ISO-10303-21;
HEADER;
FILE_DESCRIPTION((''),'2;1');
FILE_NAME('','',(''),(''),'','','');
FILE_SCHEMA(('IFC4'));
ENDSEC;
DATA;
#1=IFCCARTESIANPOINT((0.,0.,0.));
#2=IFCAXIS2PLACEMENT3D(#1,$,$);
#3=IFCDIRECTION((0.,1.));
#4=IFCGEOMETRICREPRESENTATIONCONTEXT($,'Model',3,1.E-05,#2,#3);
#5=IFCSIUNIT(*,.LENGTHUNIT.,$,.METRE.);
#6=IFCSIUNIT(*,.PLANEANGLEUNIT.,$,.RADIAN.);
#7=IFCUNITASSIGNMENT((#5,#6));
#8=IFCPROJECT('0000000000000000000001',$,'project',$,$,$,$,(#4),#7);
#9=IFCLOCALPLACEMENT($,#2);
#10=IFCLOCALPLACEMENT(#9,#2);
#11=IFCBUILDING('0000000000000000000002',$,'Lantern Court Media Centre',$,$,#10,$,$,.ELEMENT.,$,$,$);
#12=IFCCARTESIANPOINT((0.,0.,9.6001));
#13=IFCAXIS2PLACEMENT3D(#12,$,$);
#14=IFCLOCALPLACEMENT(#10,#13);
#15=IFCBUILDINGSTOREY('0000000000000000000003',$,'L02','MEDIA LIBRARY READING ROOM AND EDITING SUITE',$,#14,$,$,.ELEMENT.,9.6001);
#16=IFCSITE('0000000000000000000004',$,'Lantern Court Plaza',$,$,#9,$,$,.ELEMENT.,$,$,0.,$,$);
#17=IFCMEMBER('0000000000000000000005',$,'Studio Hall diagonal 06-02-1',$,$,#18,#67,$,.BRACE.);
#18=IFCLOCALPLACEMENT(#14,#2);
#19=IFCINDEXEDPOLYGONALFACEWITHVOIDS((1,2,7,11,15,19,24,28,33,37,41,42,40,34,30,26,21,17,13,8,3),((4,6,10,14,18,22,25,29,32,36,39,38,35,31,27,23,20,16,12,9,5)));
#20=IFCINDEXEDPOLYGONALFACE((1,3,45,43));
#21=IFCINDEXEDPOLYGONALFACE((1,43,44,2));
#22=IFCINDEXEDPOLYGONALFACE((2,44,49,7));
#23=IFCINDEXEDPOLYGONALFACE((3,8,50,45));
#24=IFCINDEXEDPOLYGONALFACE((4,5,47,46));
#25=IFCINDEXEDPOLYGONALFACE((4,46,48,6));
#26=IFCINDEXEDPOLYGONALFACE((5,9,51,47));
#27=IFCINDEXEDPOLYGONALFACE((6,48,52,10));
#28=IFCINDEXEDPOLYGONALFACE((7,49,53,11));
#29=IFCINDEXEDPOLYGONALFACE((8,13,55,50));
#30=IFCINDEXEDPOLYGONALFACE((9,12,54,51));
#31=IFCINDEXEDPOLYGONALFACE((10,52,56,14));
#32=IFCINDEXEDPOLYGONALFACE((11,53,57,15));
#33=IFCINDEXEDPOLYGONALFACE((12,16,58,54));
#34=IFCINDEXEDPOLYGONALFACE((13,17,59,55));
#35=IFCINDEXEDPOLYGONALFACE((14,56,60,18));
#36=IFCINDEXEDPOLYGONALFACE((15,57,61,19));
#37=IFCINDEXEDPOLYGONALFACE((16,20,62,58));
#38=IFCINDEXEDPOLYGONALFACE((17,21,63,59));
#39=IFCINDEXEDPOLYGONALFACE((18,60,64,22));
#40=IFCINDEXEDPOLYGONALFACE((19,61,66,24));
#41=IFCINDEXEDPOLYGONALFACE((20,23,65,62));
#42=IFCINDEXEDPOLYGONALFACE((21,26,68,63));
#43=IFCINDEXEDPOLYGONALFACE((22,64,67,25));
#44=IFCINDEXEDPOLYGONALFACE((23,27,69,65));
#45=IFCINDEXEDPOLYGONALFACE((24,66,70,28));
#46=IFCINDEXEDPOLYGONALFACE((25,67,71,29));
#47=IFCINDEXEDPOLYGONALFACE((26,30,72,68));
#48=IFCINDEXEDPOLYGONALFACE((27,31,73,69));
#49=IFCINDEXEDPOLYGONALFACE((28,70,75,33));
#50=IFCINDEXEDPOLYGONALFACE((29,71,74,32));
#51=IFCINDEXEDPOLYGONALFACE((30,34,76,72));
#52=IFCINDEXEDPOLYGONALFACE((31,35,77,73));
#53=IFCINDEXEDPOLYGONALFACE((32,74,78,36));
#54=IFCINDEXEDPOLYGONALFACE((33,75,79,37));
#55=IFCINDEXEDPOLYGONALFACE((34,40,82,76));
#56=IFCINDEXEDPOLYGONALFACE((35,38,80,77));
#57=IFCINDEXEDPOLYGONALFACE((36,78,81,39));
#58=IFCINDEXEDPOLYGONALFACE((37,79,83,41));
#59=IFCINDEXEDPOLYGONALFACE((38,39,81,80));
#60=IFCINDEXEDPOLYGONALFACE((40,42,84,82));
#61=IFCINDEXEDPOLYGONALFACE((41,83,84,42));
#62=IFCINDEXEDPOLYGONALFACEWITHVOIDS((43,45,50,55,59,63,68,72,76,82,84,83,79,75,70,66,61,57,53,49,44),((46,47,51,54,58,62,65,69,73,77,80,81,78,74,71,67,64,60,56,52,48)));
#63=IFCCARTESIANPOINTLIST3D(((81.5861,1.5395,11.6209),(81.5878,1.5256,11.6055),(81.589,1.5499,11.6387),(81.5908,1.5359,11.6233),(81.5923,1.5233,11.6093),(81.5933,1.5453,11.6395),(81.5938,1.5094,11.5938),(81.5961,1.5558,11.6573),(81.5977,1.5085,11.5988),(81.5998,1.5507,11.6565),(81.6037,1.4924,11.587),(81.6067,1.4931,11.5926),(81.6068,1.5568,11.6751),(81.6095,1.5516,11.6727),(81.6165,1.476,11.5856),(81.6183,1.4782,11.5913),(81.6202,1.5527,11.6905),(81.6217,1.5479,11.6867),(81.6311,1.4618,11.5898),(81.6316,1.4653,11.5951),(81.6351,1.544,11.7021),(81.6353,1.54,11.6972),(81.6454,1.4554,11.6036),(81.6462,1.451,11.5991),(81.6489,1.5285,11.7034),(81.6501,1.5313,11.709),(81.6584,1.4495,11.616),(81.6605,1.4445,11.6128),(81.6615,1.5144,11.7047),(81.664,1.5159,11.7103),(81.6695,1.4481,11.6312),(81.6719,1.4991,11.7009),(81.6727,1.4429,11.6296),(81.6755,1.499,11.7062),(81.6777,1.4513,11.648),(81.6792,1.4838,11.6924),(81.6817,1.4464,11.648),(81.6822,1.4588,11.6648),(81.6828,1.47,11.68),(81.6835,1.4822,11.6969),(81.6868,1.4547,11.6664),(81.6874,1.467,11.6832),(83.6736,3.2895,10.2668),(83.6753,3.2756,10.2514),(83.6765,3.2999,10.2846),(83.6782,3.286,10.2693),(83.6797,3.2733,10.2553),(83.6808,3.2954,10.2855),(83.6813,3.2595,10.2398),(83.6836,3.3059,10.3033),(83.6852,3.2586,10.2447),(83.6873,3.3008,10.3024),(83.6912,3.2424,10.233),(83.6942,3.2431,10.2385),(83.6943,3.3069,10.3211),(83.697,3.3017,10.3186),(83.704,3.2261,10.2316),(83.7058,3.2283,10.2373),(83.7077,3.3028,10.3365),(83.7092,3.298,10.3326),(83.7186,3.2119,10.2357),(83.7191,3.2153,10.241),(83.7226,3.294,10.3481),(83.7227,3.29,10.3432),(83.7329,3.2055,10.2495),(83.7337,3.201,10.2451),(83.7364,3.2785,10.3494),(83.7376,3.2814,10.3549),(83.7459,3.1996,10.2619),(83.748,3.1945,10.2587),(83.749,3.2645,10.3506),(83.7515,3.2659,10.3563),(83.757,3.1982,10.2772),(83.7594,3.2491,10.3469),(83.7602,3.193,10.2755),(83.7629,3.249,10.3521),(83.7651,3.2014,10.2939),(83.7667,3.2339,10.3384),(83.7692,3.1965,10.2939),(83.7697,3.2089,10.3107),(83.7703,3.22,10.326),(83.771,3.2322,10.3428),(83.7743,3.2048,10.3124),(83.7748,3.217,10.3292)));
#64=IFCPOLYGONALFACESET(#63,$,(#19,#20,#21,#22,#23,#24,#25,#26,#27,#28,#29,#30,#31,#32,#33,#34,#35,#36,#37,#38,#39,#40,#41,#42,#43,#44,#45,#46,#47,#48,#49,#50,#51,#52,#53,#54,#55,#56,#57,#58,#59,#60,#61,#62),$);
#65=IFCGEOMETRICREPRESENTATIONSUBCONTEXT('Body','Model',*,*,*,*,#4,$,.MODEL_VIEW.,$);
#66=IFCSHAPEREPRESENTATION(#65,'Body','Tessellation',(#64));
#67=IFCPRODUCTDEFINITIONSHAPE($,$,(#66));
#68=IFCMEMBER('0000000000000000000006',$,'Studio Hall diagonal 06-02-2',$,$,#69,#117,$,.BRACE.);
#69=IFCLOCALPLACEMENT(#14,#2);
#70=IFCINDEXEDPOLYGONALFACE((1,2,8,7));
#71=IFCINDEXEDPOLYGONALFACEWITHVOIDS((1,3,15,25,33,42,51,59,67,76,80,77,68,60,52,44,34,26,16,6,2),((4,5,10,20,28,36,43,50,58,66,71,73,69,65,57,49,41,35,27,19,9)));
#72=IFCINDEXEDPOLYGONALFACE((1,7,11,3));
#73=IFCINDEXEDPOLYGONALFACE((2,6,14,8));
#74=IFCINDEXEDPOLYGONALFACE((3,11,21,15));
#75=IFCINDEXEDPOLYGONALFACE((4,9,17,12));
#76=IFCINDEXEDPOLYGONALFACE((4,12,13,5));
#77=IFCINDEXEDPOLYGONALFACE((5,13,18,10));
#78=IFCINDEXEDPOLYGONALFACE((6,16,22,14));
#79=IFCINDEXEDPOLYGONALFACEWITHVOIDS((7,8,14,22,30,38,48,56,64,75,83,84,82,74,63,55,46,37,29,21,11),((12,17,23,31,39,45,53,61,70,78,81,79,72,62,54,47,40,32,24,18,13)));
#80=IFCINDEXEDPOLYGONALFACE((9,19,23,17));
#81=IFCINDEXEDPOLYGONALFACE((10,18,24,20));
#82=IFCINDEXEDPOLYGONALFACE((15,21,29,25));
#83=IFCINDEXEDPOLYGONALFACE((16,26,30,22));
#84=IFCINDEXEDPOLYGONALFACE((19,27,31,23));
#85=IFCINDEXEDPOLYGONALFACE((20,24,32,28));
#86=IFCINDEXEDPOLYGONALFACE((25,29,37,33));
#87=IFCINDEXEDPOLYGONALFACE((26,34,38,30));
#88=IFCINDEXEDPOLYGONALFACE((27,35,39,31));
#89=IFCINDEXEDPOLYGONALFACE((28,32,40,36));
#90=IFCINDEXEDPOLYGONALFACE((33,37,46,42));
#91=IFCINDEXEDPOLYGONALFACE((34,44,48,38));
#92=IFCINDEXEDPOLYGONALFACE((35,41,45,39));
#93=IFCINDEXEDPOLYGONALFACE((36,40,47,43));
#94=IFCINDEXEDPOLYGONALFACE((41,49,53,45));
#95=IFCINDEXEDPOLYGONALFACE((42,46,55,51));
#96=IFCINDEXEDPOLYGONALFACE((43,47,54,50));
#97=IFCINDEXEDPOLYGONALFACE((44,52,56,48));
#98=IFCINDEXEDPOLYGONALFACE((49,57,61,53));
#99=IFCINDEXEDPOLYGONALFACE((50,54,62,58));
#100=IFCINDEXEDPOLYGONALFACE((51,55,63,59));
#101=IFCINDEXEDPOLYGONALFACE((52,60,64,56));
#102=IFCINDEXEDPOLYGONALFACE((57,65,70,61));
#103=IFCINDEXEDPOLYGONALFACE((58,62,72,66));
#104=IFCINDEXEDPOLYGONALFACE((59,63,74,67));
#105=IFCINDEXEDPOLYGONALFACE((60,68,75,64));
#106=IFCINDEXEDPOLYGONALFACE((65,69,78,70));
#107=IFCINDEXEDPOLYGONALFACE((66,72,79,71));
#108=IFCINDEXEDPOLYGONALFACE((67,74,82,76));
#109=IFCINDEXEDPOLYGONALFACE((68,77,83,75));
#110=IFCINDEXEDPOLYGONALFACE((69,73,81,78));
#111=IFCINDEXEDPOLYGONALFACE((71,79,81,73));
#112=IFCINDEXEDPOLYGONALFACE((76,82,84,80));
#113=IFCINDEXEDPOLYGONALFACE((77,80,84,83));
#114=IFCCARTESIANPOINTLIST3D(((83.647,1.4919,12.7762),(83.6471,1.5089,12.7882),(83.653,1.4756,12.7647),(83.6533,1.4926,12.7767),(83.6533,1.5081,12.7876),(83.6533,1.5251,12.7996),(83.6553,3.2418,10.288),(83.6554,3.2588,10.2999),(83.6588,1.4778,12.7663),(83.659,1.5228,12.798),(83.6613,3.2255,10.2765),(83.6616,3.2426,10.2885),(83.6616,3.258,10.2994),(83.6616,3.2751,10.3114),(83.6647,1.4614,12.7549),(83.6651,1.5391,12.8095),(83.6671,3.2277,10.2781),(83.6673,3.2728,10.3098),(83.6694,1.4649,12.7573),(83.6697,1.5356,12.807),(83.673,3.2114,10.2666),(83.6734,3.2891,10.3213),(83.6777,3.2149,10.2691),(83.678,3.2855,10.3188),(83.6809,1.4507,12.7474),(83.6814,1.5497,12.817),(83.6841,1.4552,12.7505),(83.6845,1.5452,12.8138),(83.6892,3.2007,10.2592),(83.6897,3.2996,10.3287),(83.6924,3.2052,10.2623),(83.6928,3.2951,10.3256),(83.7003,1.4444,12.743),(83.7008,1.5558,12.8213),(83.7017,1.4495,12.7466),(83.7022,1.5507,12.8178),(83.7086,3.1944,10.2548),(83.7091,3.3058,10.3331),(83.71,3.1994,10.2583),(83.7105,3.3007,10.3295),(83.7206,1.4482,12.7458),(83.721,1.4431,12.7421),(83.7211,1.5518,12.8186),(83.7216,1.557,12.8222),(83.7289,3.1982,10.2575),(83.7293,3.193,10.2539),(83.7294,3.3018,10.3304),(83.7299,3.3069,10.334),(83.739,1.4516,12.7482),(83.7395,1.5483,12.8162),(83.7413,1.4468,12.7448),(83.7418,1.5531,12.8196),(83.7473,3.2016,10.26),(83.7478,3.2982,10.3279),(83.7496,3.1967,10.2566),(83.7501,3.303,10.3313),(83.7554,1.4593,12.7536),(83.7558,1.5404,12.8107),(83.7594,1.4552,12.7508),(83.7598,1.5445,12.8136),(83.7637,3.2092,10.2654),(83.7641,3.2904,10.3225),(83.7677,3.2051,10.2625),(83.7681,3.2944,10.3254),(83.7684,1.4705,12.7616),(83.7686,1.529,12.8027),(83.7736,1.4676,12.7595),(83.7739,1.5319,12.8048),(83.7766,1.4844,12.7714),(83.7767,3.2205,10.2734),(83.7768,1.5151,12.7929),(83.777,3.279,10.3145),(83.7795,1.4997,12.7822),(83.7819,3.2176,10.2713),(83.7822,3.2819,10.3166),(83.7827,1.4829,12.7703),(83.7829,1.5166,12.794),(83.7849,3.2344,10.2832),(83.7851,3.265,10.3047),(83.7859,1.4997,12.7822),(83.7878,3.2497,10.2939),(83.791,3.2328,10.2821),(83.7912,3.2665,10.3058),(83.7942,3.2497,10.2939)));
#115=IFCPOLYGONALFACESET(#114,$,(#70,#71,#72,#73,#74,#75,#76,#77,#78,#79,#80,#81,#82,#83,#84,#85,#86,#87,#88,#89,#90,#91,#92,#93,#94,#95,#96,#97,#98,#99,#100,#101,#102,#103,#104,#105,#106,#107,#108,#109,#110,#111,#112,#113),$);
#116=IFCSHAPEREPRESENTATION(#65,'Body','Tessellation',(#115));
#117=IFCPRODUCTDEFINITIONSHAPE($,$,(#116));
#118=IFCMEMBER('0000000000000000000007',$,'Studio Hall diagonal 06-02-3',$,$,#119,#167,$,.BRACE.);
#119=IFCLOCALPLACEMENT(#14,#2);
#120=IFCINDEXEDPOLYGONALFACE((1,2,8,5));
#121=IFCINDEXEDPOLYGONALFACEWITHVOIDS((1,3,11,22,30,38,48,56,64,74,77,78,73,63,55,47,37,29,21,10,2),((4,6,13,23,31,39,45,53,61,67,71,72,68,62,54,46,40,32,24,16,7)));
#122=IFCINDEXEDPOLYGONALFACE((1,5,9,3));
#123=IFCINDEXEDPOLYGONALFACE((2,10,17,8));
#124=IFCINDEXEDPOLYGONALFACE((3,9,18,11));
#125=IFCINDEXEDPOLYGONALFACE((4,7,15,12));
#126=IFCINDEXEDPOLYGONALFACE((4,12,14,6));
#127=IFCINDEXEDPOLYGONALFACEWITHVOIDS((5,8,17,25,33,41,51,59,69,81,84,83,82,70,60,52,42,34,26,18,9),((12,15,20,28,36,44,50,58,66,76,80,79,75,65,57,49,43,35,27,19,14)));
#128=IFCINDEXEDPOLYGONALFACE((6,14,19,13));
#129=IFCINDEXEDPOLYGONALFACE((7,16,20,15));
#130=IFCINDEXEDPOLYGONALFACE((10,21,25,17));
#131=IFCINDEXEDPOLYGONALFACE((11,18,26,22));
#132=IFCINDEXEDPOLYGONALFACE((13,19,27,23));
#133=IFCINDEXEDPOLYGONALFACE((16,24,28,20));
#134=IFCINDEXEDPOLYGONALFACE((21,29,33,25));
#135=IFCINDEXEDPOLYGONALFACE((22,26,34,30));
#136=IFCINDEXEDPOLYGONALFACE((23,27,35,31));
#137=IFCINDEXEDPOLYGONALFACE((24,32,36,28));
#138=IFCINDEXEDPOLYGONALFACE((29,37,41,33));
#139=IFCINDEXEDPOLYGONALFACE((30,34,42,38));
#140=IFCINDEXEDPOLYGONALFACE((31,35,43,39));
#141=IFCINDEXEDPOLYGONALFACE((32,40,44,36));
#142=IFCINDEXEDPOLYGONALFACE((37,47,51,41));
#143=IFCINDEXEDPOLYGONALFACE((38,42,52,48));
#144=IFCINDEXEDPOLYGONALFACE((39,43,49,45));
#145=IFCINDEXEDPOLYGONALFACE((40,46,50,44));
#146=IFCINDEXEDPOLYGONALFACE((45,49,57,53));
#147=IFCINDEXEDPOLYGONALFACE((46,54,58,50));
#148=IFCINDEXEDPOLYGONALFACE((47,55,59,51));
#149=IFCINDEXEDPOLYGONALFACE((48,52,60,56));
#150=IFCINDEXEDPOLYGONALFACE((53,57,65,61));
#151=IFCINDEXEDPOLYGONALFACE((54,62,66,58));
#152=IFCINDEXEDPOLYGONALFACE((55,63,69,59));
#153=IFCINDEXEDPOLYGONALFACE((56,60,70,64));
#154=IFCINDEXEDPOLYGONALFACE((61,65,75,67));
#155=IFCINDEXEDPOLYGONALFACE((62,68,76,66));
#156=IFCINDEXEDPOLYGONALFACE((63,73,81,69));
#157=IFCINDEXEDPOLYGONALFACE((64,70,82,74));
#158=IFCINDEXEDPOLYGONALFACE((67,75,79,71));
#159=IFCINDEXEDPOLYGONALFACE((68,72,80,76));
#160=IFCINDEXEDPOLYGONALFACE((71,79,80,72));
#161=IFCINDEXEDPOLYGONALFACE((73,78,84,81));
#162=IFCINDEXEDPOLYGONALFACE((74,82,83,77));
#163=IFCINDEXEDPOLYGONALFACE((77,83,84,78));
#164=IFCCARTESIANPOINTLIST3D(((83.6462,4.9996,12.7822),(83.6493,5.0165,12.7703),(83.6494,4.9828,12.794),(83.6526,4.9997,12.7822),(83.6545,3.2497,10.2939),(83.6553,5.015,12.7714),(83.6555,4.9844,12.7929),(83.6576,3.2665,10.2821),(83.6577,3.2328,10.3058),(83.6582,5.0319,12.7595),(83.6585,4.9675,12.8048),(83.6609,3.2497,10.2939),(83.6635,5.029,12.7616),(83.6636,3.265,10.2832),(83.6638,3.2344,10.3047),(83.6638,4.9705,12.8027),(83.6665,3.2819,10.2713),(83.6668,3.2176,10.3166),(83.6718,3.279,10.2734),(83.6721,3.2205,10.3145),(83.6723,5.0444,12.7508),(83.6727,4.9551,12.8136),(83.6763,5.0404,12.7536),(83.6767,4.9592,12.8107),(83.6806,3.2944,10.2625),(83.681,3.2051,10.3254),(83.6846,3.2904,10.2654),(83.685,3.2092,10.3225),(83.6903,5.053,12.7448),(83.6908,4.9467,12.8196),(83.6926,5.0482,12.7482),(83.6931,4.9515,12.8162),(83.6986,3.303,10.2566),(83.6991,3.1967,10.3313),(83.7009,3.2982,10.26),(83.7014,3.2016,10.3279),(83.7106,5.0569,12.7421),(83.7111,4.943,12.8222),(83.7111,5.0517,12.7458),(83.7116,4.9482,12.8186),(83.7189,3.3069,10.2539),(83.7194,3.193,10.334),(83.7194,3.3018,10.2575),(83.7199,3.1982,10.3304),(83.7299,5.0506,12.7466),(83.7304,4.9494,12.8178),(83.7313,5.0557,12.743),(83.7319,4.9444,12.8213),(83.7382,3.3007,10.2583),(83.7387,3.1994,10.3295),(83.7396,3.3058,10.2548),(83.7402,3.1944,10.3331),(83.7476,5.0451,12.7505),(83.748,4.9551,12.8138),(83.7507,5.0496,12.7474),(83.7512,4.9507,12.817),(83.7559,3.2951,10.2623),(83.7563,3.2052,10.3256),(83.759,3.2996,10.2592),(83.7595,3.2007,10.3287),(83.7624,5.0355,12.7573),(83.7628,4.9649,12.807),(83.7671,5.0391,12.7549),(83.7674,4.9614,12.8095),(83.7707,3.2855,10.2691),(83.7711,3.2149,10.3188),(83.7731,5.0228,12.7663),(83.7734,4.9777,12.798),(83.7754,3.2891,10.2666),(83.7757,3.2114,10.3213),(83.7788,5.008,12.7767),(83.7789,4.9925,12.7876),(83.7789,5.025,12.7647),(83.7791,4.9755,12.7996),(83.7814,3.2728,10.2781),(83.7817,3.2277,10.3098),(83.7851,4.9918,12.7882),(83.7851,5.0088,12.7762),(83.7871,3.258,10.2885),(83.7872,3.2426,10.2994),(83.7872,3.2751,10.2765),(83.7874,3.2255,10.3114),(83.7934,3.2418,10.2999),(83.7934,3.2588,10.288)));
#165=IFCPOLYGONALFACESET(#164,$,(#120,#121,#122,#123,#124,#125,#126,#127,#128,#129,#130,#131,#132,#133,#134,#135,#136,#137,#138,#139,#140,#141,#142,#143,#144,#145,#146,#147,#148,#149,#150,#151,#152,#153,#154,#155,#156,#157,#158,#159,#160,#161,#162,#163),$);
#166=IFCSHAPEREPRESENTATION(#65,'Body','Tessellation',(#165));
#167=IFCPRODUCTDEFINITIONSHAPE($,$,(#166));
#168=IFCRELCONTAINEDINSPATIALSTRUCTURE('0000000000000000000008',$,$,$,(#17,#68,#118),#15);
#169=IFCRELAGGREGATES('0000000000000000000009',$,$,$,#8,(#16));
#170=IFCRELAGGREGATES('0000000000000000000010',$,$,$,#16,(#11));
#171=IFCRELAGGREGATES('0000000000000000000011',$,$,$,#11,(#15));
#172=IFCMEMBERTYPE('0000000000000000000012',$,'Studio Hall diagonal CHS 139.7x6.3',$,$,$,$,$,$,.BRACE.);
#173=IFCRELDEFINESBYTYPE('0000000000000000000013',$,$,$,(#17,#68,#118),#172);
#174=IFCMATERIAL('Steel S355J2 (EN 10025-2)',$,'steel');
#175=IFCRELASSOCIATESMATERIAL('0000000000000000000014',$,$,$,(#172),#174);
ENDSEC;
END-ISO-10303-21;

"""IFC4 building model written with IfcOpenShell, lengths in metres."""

from ifc_helpers import new_model, si_unit, direction, frame, origin, origin_2d, place, context, subcontext, project, spatial, hollow_circle, extrude, material, material_profile, profile_set, type_object, element, save


model = new_model("IFC4")

# Units and contexts
model_context = context("Model", 3, precision=1e-05, world=origin(), true_north=direction((0.0, 1.0)))
body_context = subcontext(model_context, "Body", "Model", "MODEL_VIEW")
ifc_project = project(units=[si_unit("LENGTHUNIT", "METRE"), si_unit("PLANEANGLEUNIT", "RADIAN")], contexts=[model_context])

# Site, building, storey
site_placement = place(None, origin())
site = spatial("IfcSite", under=ifc_project, at=site_placement, Name="Lantern Court Plaza", CompositionType="ELEMENT", RefElevation=0.0)
building_placement = place(site_placement, origin())
building = spatial("IfcBuilding", under=site, at=building_placement, Name="Lantern Court Media Centre", CompositionType="ELEMENT")
storey_placement = place(building_placement, frame((0.0, 0.0, 9.6001)))
storey = spatial("IfcBuildingStorey", under=building, at=storey_placement, Name="L02", Description="MEDIA LIBRARY READING ROOM AND EDITING SUITE", CompositionType="ELEMENT", Elevation=9.6001)

# Members
ifc_material = material(Name="Steel S355J2 (EN 10025-2)", Category="steel")
ifc_material_profile_1 = material_profile(ifc_material, hollow_circle(Radius=0.0698, WallThickness=0.0063, at=origin_2d()), Name="Studio Hall diagonal CHS 139.7x6.3")
ifc_profile_set_1 = profile_set([ifc_material_profile_1], Name="Steel S355J2 (EN 10025-2)")
member_type_1 = type_object("IfcMemberType", Name="Studio Hall diagonal CHS 139.7x6.3", PredefinedType="BRACE", material=ifc_profile_set_1)
for number, where, z_axis, x_axis, name in (
    (1, (83.7244, 3.25, 10.2939), (-0.68622, -0.575301, 0.44512), (0.642456, -0.766322, 0.0), "Studio Hall diagonal 06-02-1"),
    (2, (83.7244, 3.25, 10.2939), (-0.002729, -0.575269, 0.81796), (0.999989, -0.004743, 0.0), "Studio Hall diagonal 06-02-2"),
    (3, (83.7244, 3.25, 10.2939), (-0.002729, 0.575269, 0.81796), (-0.999989, -0.004743, 0.0), "Studio Hall diagonal 06-02-3"),
):
    element("IfcMember", number, at=place(storey_placement, frame(where, z_axis=z_axis, x_axis=x_axis)), inside=storey, type_object=member_type_1, Name=name, PredefinedType="BRACE", context=body_context, shape_type="SweptSolid", body=[
        extrude(hollow_circle(Radius=0.0698, WallThickness=0.0063, at=origin_2d()), origin(), (0.0, 0.0, 1.0), 3.042),
    ])

save(model, "model.ifc")
